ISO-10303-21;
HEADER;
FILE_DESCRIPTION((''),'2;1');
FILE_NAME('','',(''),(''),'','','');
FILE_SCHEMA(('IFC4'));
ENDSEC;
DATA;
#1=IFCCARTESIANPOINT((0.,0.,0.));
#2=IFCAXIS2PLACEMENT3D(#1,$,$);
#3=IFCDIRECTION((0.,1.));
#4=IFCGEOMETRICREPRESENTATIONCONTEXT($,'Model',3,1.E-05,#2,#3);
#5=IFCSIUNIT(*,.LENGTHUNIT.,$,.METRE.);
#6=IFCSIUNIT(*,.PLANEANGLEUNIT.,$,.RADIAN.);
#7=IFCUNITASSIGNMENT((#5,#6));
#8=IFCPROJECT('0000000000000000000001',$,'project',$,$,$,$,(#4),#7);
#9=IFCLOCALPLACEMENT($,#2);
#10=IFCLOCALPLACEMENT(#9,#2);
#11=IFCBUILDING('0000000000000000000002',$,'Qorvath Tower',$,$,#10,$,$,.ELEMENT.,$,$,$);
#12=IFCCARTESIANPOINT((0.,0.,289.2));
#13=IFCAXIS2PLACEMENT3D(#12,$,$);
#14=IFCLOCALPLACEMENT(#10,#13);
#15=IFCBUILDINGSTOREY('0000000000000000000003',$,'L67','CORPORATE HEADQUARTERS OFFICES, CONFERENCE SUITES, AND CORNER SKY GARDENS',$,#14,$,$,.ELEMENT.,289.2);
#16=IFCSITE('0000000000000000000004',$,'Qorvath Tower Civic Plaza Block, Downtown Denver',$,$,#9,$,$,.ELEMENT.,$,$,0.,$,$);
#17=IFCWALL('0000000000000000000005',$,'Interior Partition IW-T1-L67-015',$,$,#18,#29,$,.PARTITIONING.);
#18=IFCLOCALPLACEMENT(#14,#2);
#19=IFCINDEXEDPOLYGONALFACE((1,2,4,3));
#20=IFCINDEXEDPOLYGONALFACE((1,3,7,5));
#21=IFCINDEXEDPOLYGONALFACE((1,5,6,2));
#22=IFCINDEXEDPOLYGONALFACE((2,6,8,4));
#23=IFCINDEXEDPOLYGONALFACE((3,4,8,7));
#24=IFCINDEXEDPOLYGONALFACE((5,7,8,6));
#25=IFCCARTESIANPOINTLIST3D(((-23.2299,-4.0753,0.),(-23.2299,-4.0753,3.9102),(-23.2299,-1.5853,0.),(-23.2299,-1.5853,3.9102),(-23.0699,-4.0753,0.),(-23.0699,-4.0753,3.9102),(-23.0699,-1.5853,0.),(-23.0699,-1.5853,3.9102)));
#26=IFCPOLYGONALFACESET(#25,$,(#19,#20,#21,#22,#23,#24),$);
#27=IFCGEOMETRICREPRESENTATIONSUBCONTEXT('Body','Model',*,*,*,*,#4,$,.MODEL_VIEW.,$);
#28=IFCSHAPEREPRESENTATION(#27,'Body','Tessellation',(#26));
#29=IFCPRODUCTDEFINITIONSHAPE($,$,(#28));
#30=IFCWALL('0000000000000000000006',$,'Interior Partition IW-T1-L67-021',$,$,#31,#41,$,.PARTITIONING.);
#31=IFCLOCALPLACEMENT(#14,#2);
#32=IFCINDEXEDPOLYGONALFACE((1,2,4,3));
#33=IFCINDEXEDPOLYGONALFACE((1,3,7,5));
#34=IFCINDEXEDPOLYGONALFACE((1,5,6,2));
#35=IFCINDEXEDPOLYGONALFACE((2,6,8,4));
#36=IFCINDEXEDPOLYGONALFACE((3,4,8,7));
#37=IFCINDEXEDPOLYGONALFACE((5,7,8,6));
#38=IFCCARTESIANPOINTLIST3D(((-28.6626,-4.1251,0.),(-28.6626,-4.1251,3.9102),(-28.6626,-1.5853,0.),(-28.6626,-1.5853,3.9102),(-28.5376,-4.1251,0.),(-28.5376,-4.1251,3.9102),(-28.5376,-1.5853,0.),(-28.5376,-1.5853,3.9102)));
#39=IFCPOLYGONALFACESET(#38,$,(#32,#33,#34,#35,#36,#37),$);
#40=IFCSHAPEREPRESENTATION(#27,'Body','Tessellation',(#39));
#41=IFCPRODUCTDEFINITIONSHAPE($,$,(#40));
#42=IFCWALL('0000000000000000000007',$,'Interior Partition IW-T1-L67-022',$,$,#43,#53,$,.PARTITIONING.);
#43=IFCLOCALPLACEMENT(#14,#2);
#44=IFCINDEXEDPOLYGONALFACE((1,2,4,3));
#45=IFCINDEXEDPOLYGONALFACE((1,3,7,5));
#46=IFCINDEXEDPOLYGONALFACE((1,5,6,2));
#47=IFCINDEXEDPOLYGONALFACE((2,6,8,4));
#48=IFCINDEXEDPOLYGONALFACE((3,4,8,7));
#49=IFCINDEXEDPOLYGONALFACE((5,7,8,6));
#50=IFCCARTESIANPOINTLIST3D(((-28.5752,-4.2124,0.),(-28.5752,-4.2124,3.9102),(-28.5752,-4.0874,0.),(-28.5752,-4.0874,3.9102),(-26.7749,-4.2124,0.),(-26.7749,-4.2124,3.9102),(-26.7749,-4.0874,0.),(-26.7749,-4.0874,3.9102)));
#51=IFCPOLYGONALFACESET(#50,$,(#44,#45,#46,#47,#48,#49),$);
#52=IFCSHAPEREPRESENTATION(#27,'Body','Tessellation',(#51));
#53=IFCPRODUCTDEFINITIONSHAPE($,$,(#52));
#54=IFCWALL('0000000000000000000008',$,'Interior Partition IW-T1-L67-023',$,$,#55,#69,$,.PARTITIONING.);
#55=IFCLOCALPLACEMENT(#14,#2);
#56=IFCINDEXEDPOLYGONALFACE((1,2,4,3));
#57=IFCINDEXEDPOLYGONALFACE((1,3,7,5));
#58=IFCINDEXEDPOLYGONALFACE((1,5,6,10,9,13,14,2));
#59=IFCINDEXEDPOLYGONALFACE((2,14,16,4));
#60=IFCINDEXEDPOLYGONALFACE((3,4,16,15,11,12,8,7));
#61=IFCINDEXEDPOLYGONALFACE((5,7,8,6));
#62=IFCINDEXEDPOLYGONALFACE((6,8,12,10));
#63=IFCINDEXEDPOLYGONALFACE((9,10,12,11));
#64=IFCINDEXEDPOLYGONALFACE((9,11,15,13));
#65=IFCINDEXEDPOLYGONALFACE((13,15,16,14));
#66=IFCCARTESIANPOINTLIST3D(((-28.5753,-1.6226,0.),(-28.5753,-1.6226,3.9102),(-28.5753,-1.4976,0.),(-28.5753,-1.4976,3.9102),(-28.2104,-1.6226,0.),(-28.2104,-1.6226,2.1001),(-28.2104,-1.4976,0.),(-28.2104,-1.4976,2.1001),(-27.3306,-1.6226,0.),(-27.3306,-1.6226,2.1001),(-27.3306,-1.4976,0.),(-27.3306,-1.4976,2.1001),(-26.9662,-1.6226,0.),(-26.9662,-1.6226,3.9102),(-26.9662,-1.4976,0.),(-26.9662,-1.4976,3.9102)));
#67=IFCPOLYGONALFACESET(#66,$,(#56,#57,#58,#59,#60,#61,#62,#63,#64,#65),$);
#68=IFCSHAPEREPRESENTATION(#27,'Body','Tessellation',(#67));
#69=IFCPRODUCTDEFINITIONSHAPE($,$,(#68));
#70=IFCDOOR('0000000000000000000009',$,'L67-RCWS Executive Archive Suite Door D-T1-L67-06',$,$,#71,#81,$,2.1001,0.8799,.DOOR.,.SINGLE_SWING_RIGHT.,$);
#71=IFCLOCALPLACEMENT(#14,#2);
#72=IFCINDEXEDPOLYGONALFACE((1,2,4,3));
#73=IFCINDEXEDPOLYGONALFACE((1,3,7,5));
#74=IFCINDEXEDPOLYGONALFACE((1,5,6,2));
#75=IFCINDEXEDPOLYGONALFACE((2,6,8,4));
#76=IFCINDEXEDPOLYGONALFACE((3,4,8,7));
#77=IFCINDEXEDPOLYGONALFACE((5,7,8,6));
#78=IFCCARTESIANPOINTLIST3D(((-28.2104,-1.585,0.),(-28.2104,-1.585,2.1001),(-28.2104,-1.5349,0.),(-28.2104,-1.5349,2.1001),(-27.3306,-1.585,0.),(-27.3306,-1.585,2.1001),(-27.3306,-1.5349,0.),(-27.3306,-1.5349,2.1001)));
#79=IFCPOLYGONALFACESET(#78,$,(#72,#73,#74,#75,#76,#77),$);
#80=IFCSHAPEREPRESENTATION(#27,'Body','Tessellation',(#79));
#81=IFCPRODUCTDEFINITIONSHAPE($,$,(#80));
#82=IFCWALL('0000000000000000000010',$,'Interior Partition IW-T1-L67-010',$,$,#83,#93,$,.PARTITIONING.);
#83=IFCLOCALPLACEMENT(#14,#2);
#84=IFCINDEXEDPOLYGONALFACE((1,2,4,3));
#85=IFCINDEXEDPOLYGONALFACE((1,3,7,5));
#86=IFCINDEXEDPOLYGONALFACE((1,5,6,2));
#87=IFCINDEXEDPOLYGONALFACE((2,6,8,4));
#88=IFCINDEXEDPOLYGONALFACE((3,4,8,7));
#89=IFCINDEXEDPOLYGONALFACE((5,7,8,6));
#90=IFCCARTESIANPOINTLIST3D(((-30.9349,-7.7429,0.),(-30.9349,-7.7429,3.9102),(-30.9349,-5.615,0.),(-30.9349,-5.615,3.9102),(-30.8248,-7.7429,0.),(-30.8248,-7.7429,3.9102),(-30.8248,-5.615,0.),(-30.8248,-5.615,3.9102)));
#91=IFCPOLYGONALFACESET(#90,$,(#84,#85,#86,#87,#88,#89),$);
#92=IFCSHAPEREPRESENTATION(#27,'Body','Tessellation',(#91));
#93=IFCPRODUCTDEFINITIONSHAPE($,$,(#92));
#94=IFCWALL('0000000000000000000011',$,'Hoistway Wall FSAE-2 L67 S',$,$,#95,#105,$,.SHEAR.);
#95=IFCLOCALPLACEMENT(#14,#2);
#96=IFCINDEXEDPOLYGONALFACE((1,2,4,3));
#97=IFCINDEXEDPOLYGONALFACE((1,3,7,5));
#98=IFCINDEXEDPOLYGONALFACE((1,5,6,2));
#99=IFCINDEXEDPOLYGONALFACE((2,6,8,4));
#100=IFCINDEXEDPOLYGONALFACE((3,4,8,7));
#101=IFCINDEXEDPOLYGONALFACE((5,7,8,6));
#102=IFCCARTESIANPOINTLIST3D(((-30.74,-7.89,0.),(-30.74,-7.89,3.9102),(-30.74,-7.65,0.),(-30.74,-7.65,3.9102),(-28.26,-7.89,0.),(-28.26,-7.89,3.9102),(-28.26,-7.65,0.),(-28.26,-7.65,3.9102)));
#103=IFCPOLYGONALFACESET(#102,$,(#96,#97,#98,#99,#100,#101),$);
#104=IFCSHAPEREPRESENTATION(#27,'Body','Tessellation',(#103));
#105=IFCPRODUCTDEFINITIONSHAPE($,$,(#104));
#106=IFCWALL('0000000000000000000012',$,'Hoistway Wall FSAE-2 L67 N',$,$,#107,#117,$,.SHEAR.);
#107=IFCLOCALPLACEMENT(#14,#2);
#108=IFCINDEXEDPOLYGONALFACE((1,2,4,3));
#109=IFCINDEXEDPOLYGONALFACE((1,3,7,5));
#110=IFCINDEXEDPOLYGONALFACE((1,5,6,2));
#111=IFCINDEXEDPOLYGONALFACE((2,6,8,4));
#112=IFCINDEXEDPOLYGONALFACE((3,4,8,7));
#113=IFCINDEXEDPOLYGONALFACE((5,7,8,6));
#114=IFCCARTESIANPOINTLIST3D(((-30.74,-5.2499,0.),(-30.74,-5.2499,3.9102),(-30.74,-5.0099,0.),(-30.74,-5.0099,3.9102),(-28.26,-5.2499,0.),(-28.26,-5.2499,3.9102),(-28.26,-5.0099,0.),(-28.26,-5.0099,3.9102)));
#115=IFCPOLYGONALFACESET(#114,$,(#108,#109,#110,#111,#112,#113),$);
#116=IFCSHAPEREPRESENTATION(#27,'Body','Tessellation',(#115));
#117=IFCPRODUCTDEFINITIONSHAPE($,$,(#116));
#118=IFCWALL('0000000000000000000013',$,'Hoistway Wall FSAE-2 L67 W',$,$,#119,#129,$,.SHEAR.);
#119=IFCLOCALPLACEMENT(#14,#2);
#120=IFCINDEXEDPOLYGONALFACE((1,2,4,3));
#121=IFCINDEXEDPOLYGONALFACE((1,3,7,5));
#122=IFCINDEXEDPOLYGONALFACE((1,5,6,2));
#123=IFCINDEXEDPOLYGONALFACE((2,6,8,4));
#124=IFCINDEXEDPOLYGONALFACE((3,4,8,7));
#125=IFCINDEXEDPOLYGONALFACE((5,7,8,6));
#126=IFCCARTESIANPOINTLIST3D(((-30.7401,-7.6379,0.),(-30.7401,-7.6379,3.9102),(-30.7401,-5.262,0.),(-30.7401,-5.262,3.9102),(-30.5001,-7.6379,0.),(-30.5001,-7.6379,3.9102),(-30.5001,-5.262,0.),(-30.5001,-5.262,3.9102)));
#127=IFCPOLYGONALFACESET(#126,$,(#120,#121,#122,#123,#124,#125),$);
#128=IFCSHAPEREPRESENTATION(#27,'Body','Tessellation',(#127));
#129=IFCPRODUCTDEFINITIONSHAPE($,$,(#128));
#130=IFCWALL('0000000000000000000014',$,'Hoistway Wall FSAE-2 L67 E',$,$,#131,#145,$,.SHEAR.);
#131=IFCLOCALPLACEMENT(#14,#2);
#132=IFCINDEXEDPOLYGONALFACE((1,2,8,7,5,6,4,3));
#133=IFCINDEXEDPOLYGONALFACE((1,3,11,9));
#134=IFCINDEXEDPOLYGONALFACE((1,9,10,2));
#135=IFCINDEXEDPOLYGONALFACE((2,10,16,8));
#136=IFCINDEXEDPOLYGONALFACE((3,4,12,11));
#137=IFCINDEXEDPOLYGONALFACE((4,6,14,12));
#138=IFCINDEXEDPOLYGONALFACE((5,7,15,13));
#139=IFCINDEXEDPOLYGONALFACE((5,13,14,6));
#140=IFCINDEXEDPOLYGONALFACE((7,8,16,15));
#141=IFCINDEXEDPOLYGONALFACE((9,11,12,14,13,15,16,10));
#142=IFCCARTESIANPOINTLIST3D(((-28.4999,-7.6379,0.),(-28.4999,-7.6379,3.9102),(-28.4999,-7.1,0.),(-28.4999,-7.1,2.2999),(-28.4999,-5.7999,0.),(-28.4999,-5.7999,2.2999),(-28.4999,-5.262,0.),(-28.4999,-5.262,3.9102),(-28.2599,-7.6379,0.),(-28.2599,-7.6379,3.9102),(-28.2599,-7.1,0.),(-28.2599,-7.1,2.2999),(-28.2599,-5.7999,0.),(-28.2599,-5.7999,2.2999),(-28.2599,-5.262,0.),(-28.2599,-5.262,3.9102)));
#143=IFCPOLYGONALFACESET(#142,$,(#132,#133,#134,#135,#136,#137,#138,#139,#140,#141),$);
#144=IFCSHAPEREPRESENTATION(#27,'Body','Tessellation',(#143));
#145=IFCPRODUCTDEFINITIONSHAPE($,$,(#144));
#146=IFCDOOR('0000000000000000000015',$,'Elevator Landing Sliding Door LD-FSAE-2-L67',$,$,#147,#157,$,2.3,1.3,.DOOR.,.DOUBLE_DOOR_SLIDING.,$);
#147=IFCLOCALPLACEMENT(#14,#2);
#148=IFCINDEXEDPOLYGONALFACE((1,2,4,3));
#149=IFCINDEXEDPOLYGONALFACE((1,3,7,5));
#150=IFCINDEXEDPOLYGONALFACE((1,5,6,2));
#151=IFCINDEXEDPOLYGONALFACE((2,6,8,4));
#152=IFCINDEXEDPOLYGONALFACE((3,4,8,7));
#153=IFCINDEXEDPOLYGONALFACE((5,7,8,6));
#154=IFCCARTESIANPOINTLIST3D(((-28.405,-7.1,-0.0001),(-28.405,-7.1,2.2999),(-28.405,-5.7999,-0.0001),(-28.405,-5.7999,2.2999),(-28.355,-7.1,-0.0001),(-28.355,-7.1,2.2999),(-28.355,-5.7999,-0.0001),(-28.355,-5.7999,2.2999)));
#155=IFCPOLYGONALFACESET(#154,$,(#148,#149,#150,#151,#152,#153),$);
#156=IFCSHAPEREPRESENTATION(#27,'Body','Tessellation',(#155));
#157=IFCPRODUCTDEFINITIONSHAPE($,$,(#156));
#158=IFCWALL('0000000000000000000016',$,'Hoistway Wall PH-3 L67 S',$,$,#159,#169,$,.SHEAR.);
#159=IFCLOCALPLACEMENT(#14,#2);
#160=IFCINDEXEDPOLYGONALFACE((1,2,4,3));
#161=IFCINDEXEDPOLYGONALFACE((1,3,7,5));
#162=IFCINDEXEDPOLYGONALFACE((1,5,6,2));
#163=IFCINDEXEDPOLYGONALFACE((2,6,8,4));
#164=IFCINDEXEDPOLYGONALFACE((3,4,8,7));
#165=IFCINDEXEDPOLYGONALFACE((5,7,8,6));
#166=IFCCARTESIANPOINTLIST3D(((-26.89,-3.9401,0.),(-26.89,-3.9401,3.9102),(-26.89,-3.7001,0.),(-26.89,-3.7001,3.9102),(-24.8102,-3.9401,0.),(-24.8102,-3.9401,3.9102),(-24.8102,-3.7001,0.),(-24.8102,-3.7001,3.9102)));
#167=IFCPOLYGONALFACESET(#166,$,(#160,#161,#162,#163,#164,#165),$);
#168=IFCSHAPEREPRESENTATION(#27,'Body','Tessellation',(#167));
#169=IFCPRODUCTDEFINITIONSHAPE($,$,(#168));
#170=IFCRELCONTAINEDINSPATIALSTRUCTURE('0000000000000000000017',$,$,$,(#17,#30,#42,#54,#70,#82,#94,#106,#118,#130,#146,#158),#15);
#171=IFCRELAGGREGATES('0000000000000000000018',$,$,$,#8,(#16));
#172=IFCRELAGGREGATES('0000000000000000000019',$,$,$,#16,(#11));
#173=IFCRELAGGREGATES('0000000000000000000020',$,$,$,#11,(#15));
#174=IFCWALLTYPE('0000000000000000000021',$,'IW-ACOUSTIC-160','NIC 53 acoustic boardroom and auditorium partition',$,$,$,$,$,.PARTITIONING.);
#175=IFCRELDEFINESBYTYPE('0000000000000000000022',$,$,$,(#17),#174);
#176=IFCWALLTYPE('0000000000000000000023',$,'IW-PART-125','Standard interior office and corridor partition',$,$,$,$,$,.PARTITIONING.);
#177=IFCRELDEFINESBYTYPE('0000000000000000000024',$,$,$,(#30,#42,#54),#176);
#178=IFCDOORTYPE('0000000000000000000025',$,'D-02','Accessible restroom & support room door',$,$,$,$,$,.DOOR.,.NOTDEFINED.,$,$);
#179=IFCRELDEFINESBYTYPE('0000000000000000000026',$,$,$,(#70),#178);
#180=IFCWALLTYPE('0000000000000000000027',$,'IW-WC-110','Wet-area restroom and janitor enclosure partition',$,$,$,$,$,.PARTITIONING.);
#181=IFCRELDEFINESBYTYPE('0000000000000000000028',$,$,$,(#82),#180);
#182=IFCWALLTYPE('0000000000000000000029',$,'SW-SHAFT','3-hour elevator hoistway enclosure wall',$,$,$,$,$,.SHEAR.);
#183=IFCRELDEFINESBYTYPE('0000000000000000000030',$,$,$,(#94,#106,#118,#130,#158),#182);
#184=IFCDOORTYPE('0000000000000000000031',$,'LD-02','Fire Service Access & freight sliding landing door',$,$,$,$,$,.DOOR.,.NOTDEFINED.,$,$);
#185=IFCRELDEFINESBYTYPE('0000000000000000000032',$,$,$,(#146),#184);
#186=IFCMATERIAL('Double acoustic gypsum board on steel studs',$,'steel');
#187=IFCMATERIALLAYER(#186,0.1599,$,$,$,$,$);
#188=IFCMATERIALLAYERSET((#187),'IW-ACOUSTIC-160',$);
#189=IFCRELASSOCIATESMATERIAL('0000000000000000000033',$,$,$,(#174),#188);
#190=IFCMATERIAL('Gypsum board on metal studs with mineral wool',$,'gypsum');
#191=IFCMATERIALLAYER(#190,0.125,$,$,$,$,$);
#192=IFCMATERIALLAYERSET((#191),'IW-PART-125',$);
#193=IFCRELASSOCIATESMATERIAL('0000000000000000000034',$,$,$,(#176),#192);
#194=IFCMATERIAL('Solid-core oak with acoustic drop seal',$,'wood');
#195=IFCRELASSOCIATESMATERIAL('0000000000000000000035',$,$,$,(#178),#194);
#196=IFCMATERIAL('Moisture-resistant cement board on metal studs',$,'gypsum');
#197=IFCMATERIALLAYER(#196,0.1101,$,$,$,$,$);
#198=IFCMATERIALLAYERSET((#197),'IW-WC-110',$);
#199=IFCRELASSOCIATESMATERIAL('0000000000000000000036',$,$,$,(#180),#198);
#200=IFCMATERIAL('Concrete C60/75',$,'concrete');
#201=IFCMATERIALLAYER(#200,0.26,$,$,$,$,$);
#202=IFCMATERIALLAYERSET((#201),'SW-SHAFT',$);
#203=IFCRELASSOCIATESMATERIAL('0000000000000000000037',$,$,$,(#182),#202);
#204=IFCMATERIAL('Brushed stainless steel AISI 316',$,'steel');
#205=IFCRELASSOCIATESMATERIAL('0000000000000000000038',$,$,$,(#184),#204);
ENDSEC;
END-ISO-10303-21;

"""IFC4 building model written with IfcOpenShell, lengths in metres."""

from ifc_helpers import new_model, si_unit, direction, frame, frame_2d, origin, place, context, subcontext, project, spatial, rectangle, extrude, material, layer, layer_set, type_object, element, fill, save


model = new_model("IFC4")

# Units and contexts
model_context = context("Model", 3, precision=1e-05, world=origin(), true_north=direction((0.0, 1.0)))
body_context = subcontext(model_context, "Body", "Model", "MODEL_VIEW")
ifc_project = project(units=[si_unit("LENGTHUNIT", "METRE"), si_unit("PLANEANGLEUNIT", "RADIAN")], contexts=[model_context])

# Site, building, storey
site_placement = place(None, origin())
site = spatial("IfcSite", under=ifc_project, at=site_placement, Name="Qorvath Tower Civic Plaza Block, Downtown Denver", CompositionType="ELEMENT", RefElevation=0.0)
building_placement = place(site_placement, origin())
building = spatial("IfcBuilding", under=site, at=building_placement, Name="Qorvath Tower", CompositionType="ELEMENT")
storey_placement = place(building_placement, frame((0.0, 0.0, 289.2)))
storey = spatial("IfcBuildingStorey", under=building, at=storey_placement, Name="L67", Description="CORPORATE HEADQUARTERS OFFICES, CONFERENCE SUITES, AND CORNER SKY GARDENS", CompositionType="ELEMENT", Elevation=289.2)

# Walls
ifc_material_1 = material(Name="Double acoustic gypsum board on steel studs", Category="steel")
ifc_layer_1 = layer(ifc_material_1, 0.1599)
ifc_layer_set_1 = layer_set([ifc_layer_1], Name="IW-ACOUSTIC-160")
wall_type_1 = type_object("IfcWallType", Name="IW-ACOUSTIC-160", Description="NIC 53 acoustic boardroom and auditorium partition", PredefinedType="PARTITIONING", material=ifc_layer_set_1)
wall_1_placement = place(storey_placement, frame((-23.1499, -1.5852, 0.0), z_axis=(0.0, 0.0, 1.0), x_axis=(0.0, -1.0, 0.0)))
element("IfcWall", 1, at=wall_1_placement, inside=storey, type_object=wall_type_1, Name="Interior Partition IW-T1-L67-015", PredefinedType="PARTITIONING", context=body_context, shape_type="SweptSolid", body=[
    extrude(rectangle(XDim=2.49, YDim=0.1599, at=frame_2d((1.2451, 0.0))), origin(), (0.0, 0.0, 1.0), 3.9102),
])
ifc_material_2 = material(Name="Gypsum board on metal studs with mineral wool", Category="gypsum")
ifc_layer_2 = layer(ifc_material_2, 0.125)
ifc_layer_set_2 = layer_set([ifc_layer_2], Name="IW-PART-125")
wall_type_2 = type_object("IfcWallType", Name="IW-PART-125", Description="Standard interior office and corridor partition", PredefinedType="PARTITIONING", material=ifc_layer_set_2)
wall_2_placement = place(storey_placement, frame((-28.6001, -1.5852, 0.0), z_axis=(0.0, 0.0, 1.0), x_axis=(0.0, -1.0, 0.0)))
element("IfcWall", 2, at=wall_2_placement, inside=storey, type_object=wall_type_2, Name="Interior Partition IW-T1-L67-021", PredefinedType="PARTITIONING", context=body_context, shape_type="SweptSolid", body=[
    extrude(rectangle(XDim=2.5398, YDim=0.125, at=frame_2d((1.27, 0.0))), origin(), (0.0, 0.0, 1.0), 3.9102),
])
wall_3_placement = place(storey_placement, frame((-28.5752, -4.1499, 0.0), z_axis=(0.0, 0.0, 1.0), x_axis=(1.0, 0.0, 0.0)))
element("IfcWall", 3, at=wall_3_placement, inside=storey, type_object=wall_type_2, Name="Interior Partition IW-T1-L67-022", PredefinedType="PARTITIONING", context=body_context, shape_type="SweptSolid", body=[
    extrude(rectangle(XDim=1.8003, YDim=0.125, at=frame_2d((0.9001, 0.0))), origin(), (0.0, 0.0, 1.0), 3.9102),
])

# Wall, opening, door
wall_4_placement = place(storey_placement, frame((-26.9661, -1.5601, 0.0), z_axis=(0.0, 0.0, 1.0), x_axis=(-1.0, 0.0, 0.0)))
wall_4 = element("IfcWall", 4, at=wall_4_placement, inside=storey, type_object=wall_type_2, Name="Interior Partition IW-T1-L67-023", PredefinedType="PARTITIONING", context=body_context, shape_type="SweptSolid", body=[
    extrude(rectangle(XDim=1.6091, YDim=0.125, at=frame_2d((0.8047, 0.0))), origin(), (0.0, 0.0, 1.0), 3.9102),
])
opening_1_placement = place(wall_4_placement, frame((0.3645, 0.0, 0.0)))
opening_1 = element("IfcOpeningElement", 5, at=opening_1_placement, cuts=wall_4, PredefinedType="OPENING", context=body_context, shape_type="SweptSolid", body=[
    extrude(rectangle(XDim=0.8799, YDim=2.1001, at=frame_2d((0.4399, 1.05))), frame((0.0, 0.0725, 0.0), z_axis=(0.0, -1.0, 0.0), x_axis=(1.0, 0.0, 0.0)), (0.0, 0.0, 1.0), 0.145),
])
ifc_material_3 = material(Name="Solid-core oak with acoustic drop seal", Category="wood")
door_type_1 = type_object("IfcDoorType", Name="D-02", Description="Accessible restroom & support room door", OperationType="NOTDEFINED", PredefinedType="DOOR", material=ifc_material_3)
door_1_placement = place(opening_1_placement, origin())
door_1 = element("IfcDoor", 6, at=door_1_placement, inside=storey, type_object=door_type_1, Name="L67-RCWS Executive Archive Suite Door D-T1-L67-06", OperationType="SINGLE_SWING_RIGHT", OverallHeight=2.1001, OverallWidth=0.8799, PredefinedType="DOOR", context=body_context, shape_type="SweptSolid", body=[
    extrude(rectangle(XDim=0.8799, YDim=2.1001, at=frame_2d((0.4399, 1.05))), frame((0.0, 0.0249, 0.0), z_axis=(0.0, -1.0, 0.0), x_axis=(1.0, 0.0, 0.0)), (0.0, 0.0, 1.0), 0.05),
])
fill(opening_1, door_1)

# Walls
ifc_material_4 = material(Name="Moisture-resistant cement board on metal studs", Category="gypsum")
ifc_layer_3 = layer(ifc_material_4, 0.1101)
ifc_layer_set_3 = layer_set([ifc_layer_3], Name="IW-WC-110")
wall_type_3 = type_object("IfcWallType", Name="IW-WC-110", Description="Wet-area restroom and janitor enclosure partition", PredefinedType="PARTITIONING", material=ifc_layer_set_3)
wall_5_placement = place(storey_placement, frame((-30.8799, -7.7429, 0.0), z_axis=(0.0, 0.0, 1.0), x_axis=(0.0, 1.0, 0.0)))
element("IfcWall", 7, at=wall_5_placement, inside=storey, type_object=wall_type_3, Name="Interior Partition IW-T1-L67-010", PredefinedType="PARTITIONING", context=body_context, shape_type="SweptSolid", body=[
    extrude(rectangle(XDim=2.1279, YDim=0.1101, at=frame_2d((1.064, 0.0))), origin(), (0.0, 0.0, 1.0), 3.9102),
])
ifc_material_5 = material(Name="Concrete C60/75", Category="concrete")
ifc_layer_4 = layer(ifc_material_5, 0.26)
ifc_layer_set_4 = layer_set([ifc_layer_4], Name="SW-SHAFT")
wall_type_4 = type_object("IfcWallType", Name="SW-SHAFT", Description="3-hour elevator hoistway enclosure wall", PredefinedType="SHEAR", material=ifc_layer_set_4)
for number, where, z_axis, x_axis, name in (
    (8, (-28.26, -7.77, 0.0), (0.0, 0.0, 1.0), (-1.0, 0.0, 0.0), "Hoistway Wall FSAE-2 L67 S"),
    (9, (-30.74, -5.1299, 0.0), (0.0, 0.0, 1.0), (1.0, 0.0, 0.0), "Hoistway Wall FSAE-2 L67 N"),
):
    element("IfcWall", number, at=place(storey_placement, frame(where, z_axis=z_axis, x_axis=x_axis)), inside=storey, type_object=wall_type_4, Name=name, PredefinedType="SHEAR", context=body_context, shape_type="SweptSolid", body=[
        extrude(rectangle(XDim=2.48, YDim=0.24, at=frame_2d((1.24, 0.0))), origin(), (0.0, 0.0, 1.0), 3.9102),
    ])
wall_6_placement = place(storey_placement, frame((-30.6201, -7.6379, 0.0), z_axis=(0.0, 0.0, 1.0), x_axis=(0.0, 1.0, 0.0)))
element("IfcWall", 10, at=wall_6_placement, inside=storey, type_object=wall_type_4, Name="Hoistway Wall FSAE-2 L67 W", PredefinedType="SHEAR", context=body_context, shape_type="SweptSolid", body=[
    extrude(rectangle(XDim=2.376, YDim=0.24, at=frame_2d((1.188, 0.0))), origin(), (0.0, 0.0, 1.0), 3.9102),
])

# Wall, opening, door
wall_7_placement = place(storey_placement, frame((-28.3799, -5.262, 0.0), z_axis=(0.0, 0.0, 1.0), x_axis=(0.0, -1.0, 0.0)))
wall_7 = element("IfcWall", 11, at=wall_7_placement, inside=storey, type_object=wall_type_4, Name="Hoistway Wall FSAE-2 L67 E", PredefinedType="SHEAR", context=body_context, shape_type="SweptSolid", body=[
    extrude(rectangle(XDim=2.376, YDim=0.24, at=frame_2d((1.188, 0.0))), origin(), (0.0, 0.0, 1.0), 3.9102),
])
opening_2_placement = place(wall_7_placement, frame((0.5381, 0.0, 0.0)))
opening_2 = element("IfcOpeningElement", 12, at=opening_2_placement, cuts=wall_7, PredefinedType="OPENING", context=body_context, shape_type="SweptSolid", body=[
    extrude(rectangle(XDim=1.3, YDim=2.3, at=frame_2d((0.6499, 1.1499))), frame((0.0, 0.1299, 0.0), z_axis=(0.0, -1.0, 0.0), x_axis=(1.0, 0.0, 0.0)), (0.0, 0.0, 1.0), 0.26),
])
ifc_material_6 = material(Name="Brushed stainless steel AISI 316", Category="steel")
door_type_2 = type_object("IfcDoorType", Name="LD-02", Description="Fire Service Access & freight sliding landing door", OperationType="NOTDEFINED", PredefinedType="DOOR", material=ifc_material_6)
door_2_placement = place(opening_2_placement, origin())
door_2 = element("IfcDoor", 13, at=door_2_placement, inside=storey, type_object=door_type_2, Name="Elevator Landing Sliding Door LD-FSAE-2-L67", OperationType="DOUBLE_DOOR_SLIDING", OverallHeight=2.3, OverallWidth=1.3, PredefinedType="DOOR", context=body_context, shape_type="SweptSolid", body=[
    extrude(rectangle(XDim=1.3, YDim=2.3, at=frame_2d((0.6499, 1.1499))), frame((0.0, 0.0249, 0.0), z_axis=(0.0, -1.0, 0.0), x_axis=(1.0, 0.0, 0.0)), (0.0, 0.0, 1.0), 0.05),
])
fill(opening_2, door_2)

# Wall
wall_8_placement = place(storey_placement, frame((-24.8101, -3.8201, 0.0), z_axis=(0.0, 0.0, 1.0), x_axis=(-1.0, 0.0, 0.0)))
element("IfcWall", 14, at=wall_8_placement, inside=storey, type_object=wall_type_4, Name="Hoistway Wall PH-3 L67 S", PredefinedType="SHEAR", context=body_context, shape_type="SweptSolid", body=[
    extrude(rectangle(XDim=2.0798, YDim=0.24, at=frame_2d((1.04, 0.0))), origin(), (0.0, 0.0, 1.0), 3.9102),
])

save(model, "model.ifc")
